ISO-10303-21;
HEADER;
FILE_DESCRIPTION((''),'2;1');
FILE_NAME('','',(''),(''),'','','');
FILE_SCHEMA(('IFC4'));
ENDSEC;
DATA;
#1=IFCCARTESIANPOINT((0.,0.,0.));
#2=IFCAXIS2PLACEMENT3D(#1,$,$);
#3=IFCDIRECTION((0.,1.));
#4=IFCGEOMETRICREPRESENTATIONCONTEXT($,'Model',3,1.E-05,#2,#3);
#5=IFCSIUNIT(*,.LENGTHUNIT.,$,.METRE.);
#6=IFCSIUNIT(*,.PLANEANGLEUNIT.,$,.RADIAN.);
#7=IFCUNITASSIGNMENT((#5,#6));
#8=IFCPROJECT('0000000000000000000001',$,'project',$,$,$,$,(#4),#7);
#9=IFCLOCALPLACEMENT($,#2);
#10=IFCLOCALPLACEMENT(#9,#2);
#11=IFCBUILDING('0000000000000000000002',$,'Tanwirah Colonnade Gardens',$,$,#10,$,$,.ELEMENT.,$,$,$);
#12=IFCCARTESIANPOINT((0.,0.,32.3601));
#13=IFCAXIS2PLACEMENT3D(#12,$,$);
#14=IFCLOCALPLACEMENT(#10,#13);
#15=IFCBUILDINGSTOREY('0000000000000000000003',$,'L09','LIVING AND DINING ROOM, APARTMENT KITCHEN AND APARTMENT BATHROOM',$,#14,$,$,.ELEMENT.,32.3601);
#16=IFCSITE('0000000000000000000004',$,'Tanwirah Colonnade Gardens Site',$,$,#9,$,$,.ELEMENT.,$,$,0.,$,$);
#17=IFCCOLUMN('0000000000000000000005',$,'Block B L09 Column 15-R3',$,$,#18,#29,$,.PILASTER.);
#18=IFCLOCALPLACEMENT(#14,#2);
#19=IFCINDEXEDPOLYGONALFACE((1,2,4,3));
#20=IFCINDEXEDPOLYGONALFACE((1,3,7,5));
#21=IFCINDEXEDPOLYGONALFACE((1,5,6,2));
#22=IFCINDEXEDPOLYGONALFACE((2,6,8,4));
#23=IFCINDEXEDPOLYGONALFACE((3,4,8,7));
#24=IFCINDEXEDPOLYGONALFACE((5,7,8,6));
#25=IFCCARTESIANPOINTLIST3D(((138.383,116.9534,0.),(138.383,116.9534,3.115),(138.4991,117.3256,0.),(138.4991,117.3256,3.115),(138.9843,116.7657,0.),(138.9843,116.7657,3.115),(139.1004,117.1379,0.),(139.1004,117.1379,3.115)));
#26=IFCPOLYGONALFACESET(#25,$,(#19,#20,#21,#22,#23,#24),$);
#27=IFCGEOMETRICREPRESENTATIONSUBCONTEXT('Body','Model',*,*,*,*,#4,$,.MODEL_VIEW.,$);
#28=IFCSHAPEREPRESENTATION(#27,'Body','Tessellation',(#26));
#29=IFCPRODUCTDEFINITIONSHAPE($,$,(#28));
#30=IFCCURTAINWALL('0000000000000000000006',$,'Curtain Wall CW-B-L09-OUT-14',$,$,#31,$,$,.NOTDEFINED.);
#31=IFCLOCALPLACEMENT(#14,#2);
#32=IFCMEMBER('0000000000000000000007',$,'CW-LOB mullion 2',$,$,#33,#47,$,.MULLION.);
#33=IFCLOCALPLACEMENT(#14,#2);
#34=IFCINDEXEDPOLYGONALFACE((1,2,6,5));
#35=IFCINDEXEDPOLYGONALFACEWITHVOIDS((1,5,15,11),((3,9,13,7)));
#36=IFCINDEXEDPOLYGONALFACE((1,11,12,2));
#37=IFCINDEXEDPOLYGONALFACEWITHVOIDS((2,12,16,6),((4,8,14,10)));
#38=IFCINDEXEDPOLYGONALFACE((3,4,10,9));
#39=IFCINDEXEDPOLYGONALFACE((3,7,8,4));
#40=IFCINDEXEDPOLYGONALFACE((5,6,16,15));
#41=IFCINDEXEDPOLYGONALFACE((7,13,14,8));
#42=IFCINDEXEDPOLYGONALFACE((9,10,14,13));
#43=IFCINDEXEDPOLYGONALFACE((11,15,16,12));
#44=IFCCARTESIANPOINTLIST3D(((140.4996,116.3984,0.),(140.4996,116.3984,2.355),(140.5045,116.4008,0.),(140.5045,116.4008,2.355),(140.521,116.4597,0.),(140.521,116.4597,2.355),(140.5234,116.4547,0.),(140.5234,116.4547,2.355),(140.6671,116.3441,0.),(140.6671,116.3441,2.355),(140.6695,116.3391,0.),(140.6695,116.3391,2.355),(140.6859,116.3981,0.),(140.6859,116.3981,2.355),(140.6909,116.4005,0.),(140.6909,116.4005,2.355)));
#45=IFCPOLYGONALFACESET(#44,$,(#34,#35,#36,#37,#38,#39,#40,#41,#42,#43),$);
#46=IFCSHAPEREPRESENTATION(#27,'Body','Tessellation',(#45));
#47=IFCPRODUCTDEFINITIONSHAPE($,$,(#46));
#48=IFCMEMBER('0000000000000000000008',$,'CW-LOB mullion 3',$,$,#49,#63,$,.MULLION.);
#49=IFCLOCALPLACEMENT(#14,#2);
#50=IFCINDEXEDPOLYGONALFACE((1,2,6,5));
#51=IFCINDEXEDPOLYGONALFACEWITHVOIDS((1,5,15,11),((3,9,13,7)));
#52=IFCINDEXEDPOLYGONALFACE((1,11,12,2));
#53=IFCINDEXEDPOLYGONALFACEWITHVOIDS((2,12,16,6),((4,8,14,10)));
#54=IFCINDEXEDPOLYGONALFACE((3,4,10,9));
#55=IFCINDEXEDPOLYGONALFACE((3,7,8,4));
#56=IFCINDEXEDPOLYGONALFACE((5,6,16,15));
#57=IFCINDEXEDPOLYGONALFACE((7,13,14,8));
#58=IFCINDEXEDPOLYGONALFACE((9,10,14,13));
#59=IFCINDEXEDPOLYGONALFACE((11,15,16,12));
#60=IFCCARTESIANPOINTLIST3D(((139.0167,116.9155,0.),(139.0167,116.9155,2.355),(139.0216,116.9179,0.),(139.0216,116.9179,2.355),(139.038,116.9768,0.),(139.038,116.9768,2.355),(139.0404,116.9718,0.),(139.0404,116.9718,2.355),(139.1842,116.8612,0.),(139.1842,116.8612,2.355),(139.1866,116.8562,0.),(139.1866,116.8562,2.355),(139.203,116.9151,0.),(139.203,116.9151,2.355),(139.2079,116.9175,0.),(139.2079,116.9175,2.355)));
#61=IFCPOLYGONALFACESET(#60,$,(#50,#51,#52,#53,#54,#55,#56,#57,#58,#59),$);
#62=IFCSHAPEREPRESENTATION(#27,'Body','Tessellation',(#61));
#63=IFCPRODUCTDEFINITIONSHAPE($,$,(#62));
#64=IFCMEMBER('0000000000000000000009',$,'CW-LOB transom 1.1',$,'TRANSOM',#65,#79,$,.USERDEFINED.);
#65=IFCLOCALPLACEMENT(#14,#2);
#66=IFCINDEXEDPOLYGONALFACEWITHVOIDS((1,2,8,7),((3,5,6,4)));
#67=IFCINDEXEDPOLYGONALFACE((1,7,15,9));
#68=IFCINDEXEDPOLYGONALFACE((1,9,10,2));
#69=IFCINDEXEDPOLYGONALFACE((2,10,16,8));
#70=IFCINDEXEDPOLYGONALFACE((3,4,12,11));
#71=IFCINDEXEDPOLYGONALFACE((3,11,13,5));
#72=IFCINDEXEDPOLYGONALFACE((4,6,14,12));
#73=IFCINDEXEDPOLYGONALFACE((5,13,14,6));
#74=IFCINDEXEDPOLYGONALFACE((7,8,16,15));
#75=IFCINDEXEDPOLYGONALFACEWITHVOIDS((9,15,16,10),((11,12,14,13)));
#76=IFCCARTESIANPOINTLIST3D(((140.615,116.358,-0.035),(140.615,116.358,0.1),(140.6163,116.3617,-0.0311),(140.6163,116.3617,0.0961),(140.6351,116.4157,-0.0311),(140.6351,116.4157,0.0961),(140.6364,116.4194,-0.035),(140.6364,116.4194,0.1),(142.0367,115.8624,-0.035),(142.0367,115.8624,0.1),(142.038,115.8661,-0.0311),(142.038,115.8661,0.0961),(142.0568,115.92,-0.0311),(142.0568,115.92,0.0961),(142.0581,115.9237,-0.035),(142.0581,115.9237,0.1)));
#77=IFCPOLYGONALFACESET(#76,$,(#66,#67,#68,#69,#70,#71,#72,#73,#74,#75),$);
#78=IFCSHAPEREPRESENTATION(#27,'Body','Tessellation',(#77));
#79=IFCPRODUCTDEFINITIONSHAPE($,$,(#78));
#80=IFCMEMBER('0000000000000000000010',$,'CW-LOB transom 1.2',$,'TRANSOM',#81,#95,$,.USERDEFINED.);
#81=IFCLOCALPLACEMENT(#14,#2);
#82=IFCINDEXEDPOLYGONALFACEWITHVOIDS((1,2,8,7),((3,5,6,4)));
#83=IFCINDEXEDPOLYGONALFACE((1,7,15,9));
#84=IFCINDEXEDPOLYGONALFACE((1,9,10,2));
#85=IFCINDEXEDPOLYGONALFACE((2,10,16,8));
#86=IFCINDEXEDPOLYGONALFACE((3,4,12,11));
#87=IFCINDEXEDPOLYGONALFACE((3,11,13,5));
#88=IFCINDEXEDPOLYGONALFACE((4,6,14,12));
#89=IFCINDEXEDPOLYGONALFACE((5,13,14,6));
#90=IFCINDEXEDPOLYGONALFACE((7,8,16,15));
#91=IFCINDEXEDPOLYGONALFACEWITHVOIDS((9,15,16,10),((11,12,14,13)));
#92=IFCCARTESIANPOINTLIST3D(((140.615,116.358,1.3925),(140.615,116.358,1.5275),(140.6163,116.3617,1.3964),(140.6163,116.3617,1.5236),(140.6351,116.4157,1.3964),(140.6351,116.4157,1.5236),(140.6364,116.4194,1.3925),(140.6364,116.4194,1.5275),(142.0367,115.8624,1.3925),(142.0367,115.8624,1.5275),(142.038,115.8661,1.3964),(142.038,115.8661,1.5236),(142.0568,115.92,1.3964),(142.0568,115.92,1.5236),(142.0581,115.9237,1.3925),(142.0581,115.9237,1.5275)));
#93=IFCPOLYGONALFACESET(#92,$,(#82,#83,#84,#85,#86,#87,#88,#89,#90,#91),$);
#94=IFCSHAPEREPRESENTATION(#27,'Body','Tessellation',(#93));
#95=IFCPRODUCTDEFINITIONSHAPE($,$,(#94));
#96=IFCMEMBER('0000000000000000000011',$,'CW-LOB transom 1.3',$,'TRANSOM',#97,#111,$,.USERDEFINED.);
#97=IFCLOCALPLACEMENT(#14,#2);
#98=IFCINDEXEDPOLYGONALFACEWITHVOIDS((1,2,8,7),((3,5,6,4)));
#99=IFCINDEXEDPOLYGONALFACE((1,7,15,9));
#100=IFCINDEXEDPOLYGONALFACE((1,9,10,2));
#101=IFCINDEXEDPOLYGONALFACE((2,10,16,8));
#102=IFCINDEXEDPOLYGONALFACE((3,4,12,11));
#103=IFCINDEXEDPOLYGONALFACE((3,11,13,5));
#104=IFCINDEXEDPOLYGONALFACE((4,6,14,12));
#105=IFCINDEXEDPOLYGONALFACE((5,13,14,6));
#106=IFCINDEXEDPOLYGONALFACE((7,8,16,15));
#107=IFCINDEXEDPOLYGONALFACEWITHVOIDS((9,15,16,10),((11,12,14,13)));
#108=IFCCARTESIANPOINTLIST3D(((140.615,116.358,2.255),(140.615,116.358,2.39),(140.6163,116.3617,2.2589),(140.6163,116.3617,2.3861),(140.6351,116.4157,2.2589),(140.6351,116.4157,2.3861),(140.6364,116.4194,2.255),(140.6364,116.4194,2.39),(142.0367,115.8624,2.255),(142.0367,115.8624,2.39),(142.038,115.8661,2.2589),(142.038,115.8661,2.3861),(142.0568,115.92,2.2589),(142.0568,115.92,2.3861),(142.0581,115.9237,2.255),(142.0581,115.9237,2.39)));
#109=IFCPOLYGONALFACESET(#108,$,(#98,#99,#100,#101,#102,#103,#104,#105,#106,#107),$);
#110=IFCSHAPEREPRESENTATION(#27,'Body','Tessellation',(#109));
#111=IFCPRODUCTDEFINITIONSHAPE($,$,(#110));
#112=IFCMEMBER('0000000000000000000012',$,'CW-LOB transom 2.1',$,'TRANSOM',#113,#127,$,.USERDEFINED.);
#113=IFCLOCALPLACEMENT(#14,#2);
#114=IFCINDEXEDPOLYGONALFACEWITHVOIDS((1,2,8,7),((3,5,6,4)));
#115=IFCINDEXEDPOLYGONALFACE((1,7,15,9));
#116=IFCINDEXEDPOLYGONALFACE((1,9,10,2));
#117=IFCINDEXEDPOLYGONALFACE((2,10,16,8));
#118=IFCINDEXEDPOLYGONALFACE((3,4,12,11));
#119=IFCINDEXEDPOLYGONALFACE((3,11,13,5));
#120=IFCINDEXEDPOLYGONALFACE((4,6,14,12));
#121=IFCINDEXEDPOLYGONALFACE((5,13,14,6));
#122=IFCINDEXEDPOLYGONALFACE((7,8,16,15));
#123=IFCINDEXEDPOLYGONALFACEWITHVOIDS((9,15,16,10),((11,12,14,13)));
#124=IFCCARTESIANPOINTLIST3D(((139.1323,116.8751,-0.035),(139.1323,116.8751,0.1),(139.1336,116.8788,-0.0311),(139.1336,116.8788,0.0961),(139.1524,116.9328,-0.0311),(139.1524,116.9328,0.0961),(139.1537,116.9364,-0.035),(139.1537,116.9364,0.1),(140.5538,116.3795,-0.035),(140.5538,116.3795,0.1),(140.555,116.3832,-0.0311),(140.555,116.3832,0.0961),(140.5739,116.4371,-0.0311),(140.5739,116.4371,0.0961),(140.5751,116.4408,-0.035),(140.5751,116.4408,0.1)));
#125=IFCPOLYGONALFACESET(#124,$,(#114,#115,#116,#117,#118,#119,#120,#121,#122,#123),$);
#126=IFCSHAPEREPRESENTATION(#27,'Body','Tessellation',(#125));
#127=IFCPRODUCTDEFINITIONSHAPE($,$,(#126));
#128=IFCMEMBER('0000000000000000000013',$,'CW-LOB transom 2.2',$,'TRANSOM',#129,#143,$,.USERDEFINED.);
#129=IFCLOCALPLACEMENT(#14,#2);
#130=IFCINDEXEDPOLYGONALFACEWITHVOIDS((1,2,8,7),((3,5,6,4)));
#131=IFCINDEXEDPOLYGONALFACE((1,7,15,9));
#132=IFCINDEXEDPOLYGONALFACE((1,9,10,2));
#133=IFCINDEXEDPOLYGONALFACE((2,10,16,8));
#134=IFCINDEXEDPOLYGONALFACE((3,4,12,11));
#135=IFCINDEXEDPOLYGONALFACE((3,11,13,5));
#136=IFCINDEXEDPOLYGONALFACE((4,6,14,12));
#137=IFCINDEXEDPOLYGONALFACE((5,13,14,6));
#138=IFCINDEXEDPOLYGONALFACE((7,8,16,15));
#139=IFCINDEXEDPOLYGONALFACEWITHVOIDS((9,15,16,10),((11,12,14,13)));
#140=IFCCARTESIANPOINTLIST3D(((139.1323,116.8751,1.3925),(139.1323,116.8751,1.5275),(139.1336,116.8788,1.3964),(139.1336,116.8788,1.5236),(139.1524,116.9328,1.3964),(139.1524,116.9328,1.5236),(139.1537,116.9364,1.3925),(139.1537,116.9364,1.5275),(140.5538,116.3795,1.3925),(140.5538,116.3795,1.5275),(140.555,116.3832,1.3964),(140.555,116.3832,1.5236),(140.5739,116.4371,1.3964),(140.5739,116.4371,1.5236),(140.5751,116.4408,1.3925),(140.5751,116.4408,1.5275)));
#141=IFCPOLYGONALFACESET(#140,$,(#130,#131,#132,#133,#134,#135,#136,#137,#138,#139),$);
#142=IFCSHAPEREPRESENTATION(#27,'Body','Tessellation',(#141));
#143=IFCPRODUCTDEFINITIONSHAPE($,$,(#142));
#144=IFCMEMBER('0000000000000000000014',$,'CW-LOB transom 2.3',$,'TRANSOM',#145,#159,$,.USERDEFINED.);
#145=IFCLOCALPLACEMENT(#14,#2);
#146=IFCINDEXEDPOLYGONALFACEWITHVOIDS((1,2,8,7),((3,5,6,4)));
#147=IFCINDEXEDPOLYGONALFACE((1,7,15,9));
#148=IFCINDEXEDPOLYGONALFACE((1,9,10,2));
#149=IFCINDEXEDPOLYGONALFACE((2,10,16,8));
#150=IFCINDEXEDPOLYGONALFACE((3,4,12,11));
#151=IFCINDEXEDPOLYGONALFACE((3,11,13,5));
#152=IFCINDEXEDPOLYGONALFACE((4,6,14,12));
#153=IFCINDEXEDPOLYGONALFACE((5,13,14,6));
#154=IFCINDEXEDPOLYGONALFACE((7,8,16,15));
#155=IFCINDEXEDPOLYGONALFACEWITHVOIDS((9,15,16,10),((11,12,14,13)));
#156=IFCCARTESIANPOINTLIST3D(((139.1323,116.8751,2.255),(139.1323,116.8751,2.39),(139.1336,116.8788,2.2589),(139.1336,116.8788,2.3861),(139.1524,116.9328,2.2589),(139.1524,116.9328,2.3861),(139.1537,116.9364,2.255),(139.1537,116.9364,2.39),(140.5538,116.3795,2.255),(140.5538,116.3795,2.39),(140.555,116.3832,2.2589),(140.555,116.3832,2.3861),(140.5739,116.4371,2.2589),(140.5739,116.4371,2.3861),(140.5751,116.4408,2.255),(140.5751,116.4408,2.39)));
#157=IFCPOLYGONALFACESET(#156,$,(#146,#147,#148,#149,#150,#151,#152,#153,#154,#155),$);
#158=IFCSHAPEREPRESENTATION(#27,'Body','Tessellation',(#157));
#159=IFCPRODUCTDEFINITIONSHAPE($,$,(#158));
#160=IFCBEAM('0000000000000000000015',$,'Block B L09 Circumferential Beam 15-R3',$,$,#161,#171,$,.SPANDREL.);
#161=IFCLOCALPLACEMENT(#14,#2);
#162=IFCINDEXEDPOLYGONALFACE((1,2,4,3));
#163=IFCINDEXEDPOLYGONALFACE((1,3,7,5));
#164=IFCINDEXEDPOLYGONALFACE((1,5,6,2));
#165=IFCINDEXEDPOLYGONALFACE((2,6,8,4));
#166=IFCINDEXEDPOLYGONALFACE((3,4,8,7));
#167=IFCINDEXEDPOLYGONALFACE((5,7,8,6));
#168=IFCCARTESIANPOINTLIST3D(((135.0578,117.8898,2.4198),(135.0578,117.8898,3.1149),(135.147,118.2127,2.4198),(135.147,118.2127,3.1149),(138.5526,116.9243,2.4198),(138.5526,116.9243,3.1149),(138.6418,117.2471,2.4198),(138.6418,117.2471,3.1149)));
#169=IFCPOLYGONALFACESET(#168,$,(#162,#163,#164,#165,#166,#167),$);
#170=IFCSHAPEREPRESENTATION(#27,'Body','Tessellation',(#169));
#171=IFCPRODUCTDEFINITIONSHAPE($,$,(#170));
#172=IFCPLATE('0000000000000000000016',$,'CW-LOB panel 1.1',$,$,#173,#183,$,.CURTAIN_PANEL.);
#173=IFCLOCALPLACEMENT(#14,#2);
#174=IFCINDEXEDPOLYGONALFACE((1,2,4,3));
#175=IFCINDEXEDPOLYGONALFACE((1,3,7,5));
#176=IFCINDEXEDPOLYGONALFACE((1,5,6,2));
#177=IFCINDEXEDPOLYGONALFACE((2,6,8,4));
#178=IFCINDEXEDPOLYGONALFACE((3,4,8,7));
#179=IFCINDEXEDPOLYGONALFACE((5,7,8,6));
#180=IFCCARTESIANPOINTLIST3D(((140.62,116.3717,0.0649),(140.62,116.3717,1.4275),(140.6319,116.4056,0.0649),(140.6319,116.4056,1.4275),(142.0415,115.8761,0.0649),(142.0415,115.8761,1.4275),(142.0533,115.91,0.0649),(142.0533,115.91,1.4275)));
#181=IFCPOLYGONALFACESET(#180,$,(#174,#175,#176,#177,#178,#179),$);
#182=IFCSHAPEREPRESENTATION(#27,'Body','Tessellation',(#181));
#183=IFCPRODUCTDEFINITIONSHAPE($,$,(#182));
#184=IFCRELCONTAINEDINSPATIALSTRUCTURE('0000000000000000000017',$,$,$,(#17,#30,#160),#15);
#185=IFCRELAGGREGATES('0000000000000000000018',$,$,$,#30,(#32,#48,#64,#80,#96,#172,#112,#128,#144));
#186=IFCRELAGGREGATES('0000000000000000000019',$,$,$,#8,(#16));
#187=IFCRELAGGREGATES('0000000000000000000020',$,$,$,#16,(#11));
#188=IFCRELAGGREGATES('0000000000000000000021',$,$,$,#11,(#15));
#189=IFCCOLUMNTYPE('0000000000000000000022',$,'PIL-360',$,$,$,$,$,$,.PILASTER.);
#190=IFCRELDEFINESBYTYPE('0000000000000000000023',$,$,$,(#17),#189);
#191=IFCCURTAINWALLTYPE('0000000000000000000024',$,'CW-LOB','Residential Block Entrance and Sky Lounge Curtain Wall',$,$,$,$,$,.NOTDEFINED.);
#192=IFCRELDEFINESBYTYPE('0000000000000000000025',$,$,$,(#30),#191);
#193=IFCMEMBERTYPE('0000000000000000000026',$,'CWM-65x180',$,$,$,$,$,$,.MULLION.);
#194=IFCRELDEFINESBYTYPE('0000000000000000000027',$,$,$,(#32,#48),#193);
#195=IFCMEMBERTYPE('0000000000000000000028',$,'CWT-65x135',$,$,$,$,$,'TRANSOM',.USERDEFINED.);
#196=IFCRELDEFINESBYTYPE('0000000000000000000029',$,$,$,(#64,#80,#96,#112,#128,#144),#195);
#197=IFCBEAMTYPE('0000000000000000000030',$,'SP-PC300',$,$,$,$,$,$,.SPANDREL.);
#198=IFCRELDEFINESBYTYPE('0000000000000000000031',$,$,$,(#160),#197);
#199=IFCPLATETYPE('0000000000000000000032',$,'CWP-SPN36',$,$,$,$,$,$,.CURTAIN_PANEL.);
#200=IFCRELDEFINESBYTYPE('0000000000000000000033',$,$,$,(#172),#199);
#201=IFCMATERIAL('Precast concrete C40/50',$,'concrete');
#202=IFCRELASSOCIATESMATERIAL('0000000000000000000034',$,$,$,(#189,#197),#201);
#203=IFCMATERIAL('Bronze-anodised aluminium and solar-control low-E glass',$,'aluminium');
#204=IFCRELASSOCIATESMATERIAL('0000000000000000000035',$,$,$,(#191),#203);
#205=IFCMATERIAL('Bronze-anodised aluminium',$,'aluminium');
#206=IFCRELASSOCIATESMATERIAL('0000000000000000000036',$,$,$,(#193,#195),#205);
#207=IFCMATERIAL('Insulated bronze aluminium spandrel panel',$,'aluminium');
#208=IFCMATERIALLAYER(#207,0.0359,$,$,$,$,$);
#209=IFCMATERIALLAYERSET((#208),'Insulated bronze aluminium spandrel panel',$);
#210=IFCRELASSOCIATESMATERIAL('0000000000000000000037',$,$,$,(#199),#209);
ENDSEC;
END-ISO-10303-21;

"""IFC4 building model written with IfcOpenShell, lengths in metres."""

from ifc_helpers import new_model, si_unit, direction, frame, origin, origin_2d, place, context, subcontext, project, spatial, rectangle, hollow_rectangle, extrude, material, layer, layer_set, material_profile, profile_set, type_object, element, aggregate, save


model = new_model("IFC4")

# Units and contexts
model_context = context("Model", 3, precision=1e-05, world=origin(), true_north=direction((0.0, 1.0)))
body_context = subcontext(model_context, "Body", "Model", "MODEL_VIEW")
ifc_project = project(units=[si_unit("LENGTHUNIT", "METRE"), si_unit("PLANEANGLEUNIT", "RADIAN")], contexts=[model_context])

# Site, building, storey
site_placement = place(None, origin())
site = spatial("IfcSite", under=ifc_project, at=site_placement, Name="Tanwirah Colonnade Gardens Site", CompositionType="ELEMENT", RefElevation=0.0)
building_placement = place(site_placement, origin())
building = spatial("IfcBuilding", under=site, at=building_placement, Name="Tanwirah Colonnade Gardens", CompositionType="ELEMENT")
storey_placement = place(building_placement, frame((0.0, 0.0, 32.3601)))
storey = spatial("IfcBuildingStorey", under=building, at=storey_placement, Name="L09", Description="LIVING AND DINING ROOM, APARTMENT KITCHEN AND APARTMENT BATHROOM", CompositionType="ELEMENT", Elevation=32.3601)

# Column
ifc_material_1 = material(Name="Precast concrete C40/50", Category="concrete")
ifc_material_profile_1 = material_profile(ifc_material_1, rectangle(XDim=0.3899, YDim=0.6299, at=origin_2d()), Name="PC-PIL 390x630")
ifc_profile_set_1 = profile_set([ifc_material_profile_1], Name="Precast concrete C40/50")
column_type = type_object("IfcColumnType", Name="PIL-360", PredefinedType="PILASTER", material=ifc_profile_set_1)
column_placement = place(storey_placement, frame((138.7417, 117.0457, 0.0), z_axis=(0.0, 0.0, 1.0), x_axis=(0.29793, 0.954588, 0.0)))
element("IfcColumn", 1, at=column_placement, inside=storey, type_object=column_type, Name="Block B L09 Column 15-R3", PredefinedType="PILASTER", context=body_context, shape_type="SweptSolid", body=[
    extrude(rectangle(XDim=0.3899, YDim=0.6299, at=origin_2d()), origin(), (0.0, 0.0, 1.0), 3.115),
])

# Curtain wall, members
ifc_material_2 = material(Name="Bronze-anodised aluminium and solar-control low-E glass", Category="aluminium")
curtain_wall_type = type_object("IfcCurtainWallType", Name="CW-LOB", Description="Residential Block Entrance and Sky Lounge Curtain Wall", PredefinedType="NOTDEFINED", material=ifc_material_2)
curtain_wall_placement = place(storey_placement, origin())
curtain_wall = element("IfcCurtainWall", 2, at=curtain_wall_placement, inside=storey, type_object=curtain_wall_type, Name="Curtain Wall CW-B-L09-OUT-14", PredefinedType="NOTDEFINED")
ifc_material_3 = material(Name="Bronze-anodised aluminium", Category="aluminium")
ifc_material_profile_2 = material_profile(ifc_material_3, hollow_rectangle(XDim=0.0649, YDim=0.1799, WallThickness=0.0039, at=origin_2d()), Name="CW-MUL 65x180x4")
ifc_profile_set_2 = profile_set([ifc_material_profile_2], Name="Bronze-anodised aluminium")
member_type_1 = type_object("IfcMemberType", Name="CWM-65x180", PredefinedType="MULLION", material=ifc_profile_set_2)
member_1_placement = place(storey_placement, frame((140.5952, 116.3994, 0.0), z_axis=(0.0, 0.0, 1.0), x_axis=(-0.329232, -0.944249, 0.0)))
member_1 = element("IfcMember", 3, at=member_1_placement, type_object=member_type_1, Name="CW-LOB mullion 2", PredefinedType="MULLION", context=body_context, shape_type="SweptSolid", body=[
    extrude(hollow_rectangle(XDim=0.0649, YDim=0.1799, WallThickness=0.0039, at=origin_2d()), origin(), (0.0, 0.0, 1.0), 2.355),
])
member_2_placement = place(storey_placement, frame((139.1123, 116.9165, 0.0), z_axis=(0.0, 0.0, 1.0), x_axis=(-0.329232, -0.944249, 0.0)))
member_2 = element("IfcMember", 4, at=member_2_placement, type_object=member_type_1, Name="CW-LOB mullion 3", PredefinedType="MULLION", context=body_context, shape_type="SweptSolid", body=[
    extrude(hollow_rectangle(XDim=0.0649, YDim=0.1799, WallThickness=0.0039, at=origin_2d()), origin(), (0.0, 0.0, 1.0), 2.355),
])
ifc_material_profile_3 = material_profile(ifc_material_3, hollow_rectangle(XDim=0.0649, YDim=0.135, WallThickness=0.0039, at=origin_2d()), Name="CW-TRN 65x135x4")
ifc_profile_set_3 = profile_set([ifc_material_profile_3], Name="Bronze-anodised aluminium")
member_type_2 = type_object("IfcMemberType", Name="CWT-65x135", ElementType="TRANSOM", PredefinedType="USERDEFINED", material=ifc_profile_set_3)
member_3_placement = place(storey_placement, frame((142.0474, 115.8931, 0.0325), z_axis=(-0.944265, 0.329187, 0.0), x_axis=(-0.329187, -0.944265, 0.0)))
member_3 = element("IfcMember", 5, at=member_3_placement, type_object=member_type_2, Name="CW-LOB transom 1.1", ObjectType="TRANSOM", PredefinedType="USERDEFINED", context=body_context, shape_type="SweptSolid", body=[
    extrude(hollow_rectangle(XDim=0.0649, YDim=0.135, WallThickness=0.0039, at=origin_2d()), origin(), (0.0, 0.0, 1.0), 1.5056),
])
member_4_placement = place(storey_placement, frame((142.0474, 115.8931, 1.46), z_axis=(-0.944265, 0.329187, 0.0), x_axis=(-0.329187, -0.944265, 0.0)))
member_4 = element("IfcMember", 6, at=member_4_placement, type_object=member_type_2, Name="CW-LOB transom 1.2", ObjectType="TRANSOM", PredefinedType="USERDEFINED", context=body_context, shape_type="SweptSolid", body=[
    extrude(hollow_rectangle(XDim=0.0649, YDim=0.135, WallThickness=0.0039, at=origin_2d()), origin(), (0.0, 0.0, 1.0), 1.5056),
])
member_5_placement = place(storey_placement, frame((142.0474, 115.8931, 2.3225), z_axis=(-0.944265, 0.329187, 0.0), x_axis=(-0.329187, -0.944265, 0.0)))
member_5 = element("IfcMember", 7, at=member_5_placement, type_object=member_type_2, Name="CW-LOB transom 1.3", ObjectType="TRANSOM", PredefinedType="USERDEFINED", context=body_context, shape_type="SweptSolid", body=[
    extrude(hollow_rectangle(XDim=0.0649, YDim=0.135, WallThickness=0.0039, at=origin_2d()), origin(), (0.0, 0.0, 1.0), 1.5056),
])
member_6_placement = place(storey_placement, frame((140.5645, 116.4102, 0.0325), z_axis=(-0.944247, 0.329238, 0.0), x_axis=(-0.329238, -0.944247, 0.0)))
member_6 = element("IfcMember", 8, at=member_6_placement, type_object=member_type_2, Name="CW-LOB transom 2.1", ObjectType="TRANSOM", PredefinedType="USERDEFINED", context=body_context, shape_type="SweptSolid", body=[
    extrude(hollow_rectangle(XDim=0.0649, YDim=0.135, WallThickness=0.0039, at=origin_2d()), origin(), (0.0, 0.0, 1.0), 1.5054),
])
member_7_placement = place(storey_placement, frame((140.5645, 116.4102, 1.46), z_axis=(-0.944247, 0.329238, 0.0), x_axis=(-0.329238, -0.944247, 0.0)))
member_7 = element("IfcMember", 9, at=member_7_placement, type_object=member_type_2, Name="CW-LOB transom 2.2", ObjectType="TRANSOM", PredefinedType="USERDEFINED", context=body_context, shape_type="SweptSolid", body=[
    extrude(hollow_rectangle(XDim=0.0649, YDim=0.135, WallThickness=0.0039, at=origin_2d()), origin(), (0.0, 0.0, 1.0), 1.5054),
])
member_8_placement = place(storey_placement, frame((140.5645, 116.4102, 2.3225), z_axis=(-0.944247, 0.329238, 0.0), x_axis=(-0.329238, -0.944247, 0.0)))
member_8 = element("IfcMember", 10, at=member_8_placement, type_object=member_type_2, Name="CW-LOB transom 2.3", ObjectType="TRANSOM", PredefinedType="USERDEFINED", context=body_context, shape_type="SweptSolid", body=[
    extrude(hollow_rectangle(XDim=0.0649, YDim=0.135, WallThickness=0.0039, at=origin_2d()), origin(), (0.0, 0.0, 1.0), 1.5054),
])

# Beam
ifc_material_profile_4 = material_profile(ifc_material_1, rectangle(XDim=0.335, YDim=0.6951, at=origin_2d()), Name="PC-SP 335x695")
ifc_profile_set_4 = profile_set([ifc_material_profile_4], Name="Precast concrete C40/50")
beam_type = type_object("IfcBeamType", Name="SP-PC300", PredefinedType="SPANDREL", material=ifc_profile_set_4)
beam_placement = place(storey_placement, frame((138.5972, 117.0857, 2.7673), z_axis=(-0.963888, 0.266307, 0.0), x_axis=(-0.266307, -0.963888, 0.0)))
element("IfcBeam", 11, at=beam_placement, inside=storey, type_object=beam_type, Name="Block B L09 Circumferential Beam 15-R3", PredefinedType="SPANDREL", context=body_context, shape_type="SweptSolid", body=[
    extrude(rectangle(XDim=0.335, YDim=0.6951, at=origin_2d()), origin(), (0.0, 0.0, 1.0), 3.6257),
])

# Plate
ifc_material_4 = material(Name="Insulated bronze aluminium spandrel panel", Category="aluminium")
ifc_layer_1 = layer(ifc_material_4, 0.0359)
ifc_layer_set_1 = layer_set([ifc_layer_1], Name="Insulated bronze aluminium spandrel panel")
plate_type = type_object("IfcPlateType", Name="CWP-SPN36", PredefinedType="CURTAIN_PANEL", material=ifc_layer_set_1)
plate_1_placement = place(storey_placement, frame((141.3367, 116.1409, 0.0649), z_axis=(0.0, 0.0, 1.0), x_axis=(-0.944249, 0.329232, 0.0)))
plate_1 = element("IfcPlate", 12, at=plate_1_placement, type_object=plate_type, Name="CW-LOB panel 1.1", PredefinedType="CURTAIN_PANEL", context=body_context, shape_type="SweptSolid", body=[
    extrude(rectangle(XDim=1.5054, YDim=0.0359, at=origin_2d()), origin(), (0.0, 0.0, 1.0), 1.3625),
])
aggregate(curtain_wall, [member_1, member_2, member_3, member_4, member_5, plate_1, member_6, member_7, member_8])

save(model, "model.ifc")
